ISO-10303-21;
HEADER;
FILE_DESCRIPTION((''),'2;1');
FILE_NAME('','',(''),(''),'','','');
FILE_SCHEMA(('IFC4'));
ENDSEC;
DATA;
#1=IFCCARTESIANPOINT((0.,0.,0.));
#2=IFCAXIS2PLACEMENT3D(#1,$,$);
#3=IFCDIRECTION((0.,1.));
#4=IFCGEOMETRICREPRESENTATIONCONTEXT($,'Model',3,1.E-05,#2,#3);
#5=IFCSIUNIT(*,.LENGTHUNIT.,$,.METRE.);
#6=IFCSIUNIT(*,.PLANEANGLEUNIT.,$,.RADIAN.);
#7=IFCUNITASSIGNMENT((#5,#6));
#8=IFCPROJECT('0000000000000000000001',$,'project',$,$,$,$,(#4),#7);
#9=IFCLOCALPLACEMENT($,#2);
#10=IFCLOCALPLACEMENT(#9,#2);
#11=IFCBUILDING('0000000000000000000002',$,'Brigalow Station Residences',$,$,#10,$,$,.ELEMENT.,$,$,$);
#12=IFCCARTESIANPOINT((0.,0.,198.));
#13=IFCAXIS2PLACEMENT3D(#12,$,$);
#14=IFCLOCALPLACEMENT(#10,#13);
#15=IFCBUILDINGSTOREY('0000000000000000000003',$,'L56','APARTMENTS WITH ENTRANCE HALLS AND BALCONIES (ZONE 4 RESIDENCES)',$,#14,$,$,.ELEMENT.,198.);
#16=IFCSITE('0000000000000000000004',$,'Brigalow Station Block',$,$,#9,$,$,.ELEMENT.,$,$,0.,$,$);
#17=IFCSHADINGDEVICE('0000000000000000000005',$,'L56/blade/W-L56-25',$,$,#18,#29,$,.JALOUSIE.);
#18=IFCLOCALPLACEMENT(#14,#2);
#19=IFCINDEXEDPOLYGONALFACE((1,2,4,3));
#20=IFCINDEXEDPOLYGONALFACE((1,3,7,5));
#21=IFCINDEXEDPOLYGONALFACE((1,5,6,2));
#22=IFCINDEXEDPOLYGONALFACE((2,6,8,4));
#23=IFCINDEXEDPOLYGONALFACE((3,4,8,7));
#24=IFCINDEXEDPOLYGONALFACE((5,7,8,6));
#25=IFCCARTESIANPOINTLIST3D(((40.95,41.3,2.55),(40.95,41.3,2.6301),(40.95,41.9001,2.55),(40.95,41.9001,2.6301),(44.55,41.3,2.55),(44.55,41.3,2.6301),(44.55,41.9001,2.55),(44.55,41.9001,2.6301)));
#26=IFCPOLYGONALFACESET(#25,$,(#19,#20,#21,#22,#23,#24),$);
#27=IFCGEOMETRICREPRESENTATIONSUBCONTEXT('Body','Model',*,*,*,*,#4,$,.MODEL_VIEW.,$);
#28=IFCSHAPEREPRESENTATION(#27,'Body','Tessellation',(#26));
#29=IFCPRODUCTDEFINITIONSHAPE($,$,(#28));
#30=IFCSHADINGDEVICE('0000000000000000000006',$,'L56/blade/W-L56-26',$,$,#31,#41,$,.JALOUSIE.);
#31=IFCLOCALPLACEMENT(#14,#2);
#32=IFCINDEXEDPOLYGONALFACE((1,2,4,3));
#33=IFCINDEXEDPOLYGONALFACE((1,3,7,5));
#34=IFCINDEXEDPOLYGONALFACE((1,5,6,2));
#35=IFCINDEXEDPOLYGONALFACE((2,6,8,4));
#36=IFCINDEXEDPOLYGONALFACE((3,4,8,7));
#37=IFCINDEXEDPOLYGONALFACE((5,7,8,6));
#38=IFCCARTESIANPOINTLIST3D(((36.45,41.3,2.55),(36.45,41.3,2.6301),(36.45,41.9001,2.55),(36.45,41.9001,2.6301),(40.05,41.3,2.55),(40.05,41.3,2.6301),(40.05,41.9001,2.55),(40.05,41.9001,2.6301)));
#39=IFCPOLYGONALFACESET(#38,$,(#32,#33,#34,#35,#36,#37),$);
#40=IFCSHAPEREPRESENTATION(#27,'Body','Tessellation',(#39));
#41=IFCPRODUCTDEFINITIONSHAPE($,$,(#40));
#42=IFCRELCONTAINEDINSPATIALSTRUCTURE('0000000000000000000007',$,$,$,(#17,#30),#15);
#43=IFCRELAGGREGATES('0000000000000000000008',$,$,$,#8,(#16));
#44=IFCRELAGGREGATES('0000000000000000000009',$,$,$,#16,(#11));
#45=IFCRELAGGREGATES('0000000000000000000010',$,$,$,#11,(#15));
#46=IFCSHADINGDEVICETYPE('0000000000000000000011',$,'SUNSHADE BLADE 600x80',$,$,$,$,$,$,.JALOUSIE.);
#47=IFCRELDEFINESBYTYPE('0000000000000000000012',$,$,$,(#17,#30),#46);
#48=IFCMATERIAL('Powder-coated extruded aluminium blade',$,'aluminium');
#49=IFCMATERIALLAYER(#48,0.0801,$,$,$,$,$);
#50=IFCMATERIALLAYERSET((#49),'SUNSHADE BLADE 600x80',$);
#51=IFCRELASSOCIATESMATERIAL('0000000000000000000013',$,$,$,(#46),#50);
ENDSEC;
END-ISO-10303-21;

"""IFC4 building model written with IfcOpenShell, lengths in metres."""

from ifc_helpers import new_model, si_unit, direction, frame, origin, origin_2d, place, context, subcontext, project, spatial, rectangle, extrude, material, layer, layer_set, type_object, element, save


model = new_model("IFC4")

# Units and contexts
model_context = context("Model", 3, precision=1e-05, world=origin(), true_north=direction((0.0, 1.0)))
body_context = subcontext(model_context, "Body", "Model", "MODEL_VIEW")
ifc_project = project(units=[si_unit("LENGTHUNIT", "METRE"), si_unit("PLANEANGLEUNIT", "RADIAN")], contexts=[model_context])

# Site, building, storey
site_placement = place(None, origin())
site = spatial("IfcSite", under=ifc_project, at=site_placement, Name="Brigalow Station Block", CompositionType="ELEMENT", RefElevation=0.0)
building_placement = place(site_placement, origin())
building = spatial("IfcBuilding", under=site, at=building_placement, Name="Brigalow Station Residences", CompositionType="ELEMENT")
storey_placement = place(building_placement, frame((0.0, 0.0, 198.0)))
storey = spatial("IfcBuildingStorey", under=building, at=storey_placement, Name="L56", Description="APARTMENTS WITH ENTRANCE HALLS AND BALCONIES (ZONE 4 RESIDENCES)", CompositionType="ELEMENT", Elevation=198.0)

# Shading devices
ifc_material_1 = material(Name="Powder-coated extruded aluminium blade", Category="aluminium")
ifc_layer_1 = layer(ifc_material_1, 0.0801)
ifc_layer_set_1 = layer_set([ifc_layer_1], Name="SUNSHADE BLADE 600x80")
shading_device_type = type_object("IfcShadingDeviceType", Name="SUNSHADE BLADE 600x80", PredefinedType="JALOUSIE", material=ifc_layer_set_1)
for number, where, z_axis, x_axis, name in (
    (1, (42.75, 41.6001, 2.55), (0.0, 0.0, 1.0), (-1.0, 0.0, 0.0), "L56/blade/W-L56-25"),
    (2, (38.25, 41.6001, 2.55), (0.0, 0.0, 1.0), (-1.0, 0.0, 0.0), "L56/blade/W-L56-26"),
):
    element("IfcShadingDevice", number, at=place(storey_placement, frame(where, z_axis=z_axis, x_axis=x_axis)), inside=storey, type_object=shading_device_type, Name=name, PredefinedType="JALOUSIE", context=body_context, shape_type="SweptSolid", body=[
        extrude(rectangle(XDim=3.6001, YDim=0.6001, at=origin_2d()), origin(), (0.0, 0.0, 1.0), 0.0801),
    ])

save(model, "model.ifc")
